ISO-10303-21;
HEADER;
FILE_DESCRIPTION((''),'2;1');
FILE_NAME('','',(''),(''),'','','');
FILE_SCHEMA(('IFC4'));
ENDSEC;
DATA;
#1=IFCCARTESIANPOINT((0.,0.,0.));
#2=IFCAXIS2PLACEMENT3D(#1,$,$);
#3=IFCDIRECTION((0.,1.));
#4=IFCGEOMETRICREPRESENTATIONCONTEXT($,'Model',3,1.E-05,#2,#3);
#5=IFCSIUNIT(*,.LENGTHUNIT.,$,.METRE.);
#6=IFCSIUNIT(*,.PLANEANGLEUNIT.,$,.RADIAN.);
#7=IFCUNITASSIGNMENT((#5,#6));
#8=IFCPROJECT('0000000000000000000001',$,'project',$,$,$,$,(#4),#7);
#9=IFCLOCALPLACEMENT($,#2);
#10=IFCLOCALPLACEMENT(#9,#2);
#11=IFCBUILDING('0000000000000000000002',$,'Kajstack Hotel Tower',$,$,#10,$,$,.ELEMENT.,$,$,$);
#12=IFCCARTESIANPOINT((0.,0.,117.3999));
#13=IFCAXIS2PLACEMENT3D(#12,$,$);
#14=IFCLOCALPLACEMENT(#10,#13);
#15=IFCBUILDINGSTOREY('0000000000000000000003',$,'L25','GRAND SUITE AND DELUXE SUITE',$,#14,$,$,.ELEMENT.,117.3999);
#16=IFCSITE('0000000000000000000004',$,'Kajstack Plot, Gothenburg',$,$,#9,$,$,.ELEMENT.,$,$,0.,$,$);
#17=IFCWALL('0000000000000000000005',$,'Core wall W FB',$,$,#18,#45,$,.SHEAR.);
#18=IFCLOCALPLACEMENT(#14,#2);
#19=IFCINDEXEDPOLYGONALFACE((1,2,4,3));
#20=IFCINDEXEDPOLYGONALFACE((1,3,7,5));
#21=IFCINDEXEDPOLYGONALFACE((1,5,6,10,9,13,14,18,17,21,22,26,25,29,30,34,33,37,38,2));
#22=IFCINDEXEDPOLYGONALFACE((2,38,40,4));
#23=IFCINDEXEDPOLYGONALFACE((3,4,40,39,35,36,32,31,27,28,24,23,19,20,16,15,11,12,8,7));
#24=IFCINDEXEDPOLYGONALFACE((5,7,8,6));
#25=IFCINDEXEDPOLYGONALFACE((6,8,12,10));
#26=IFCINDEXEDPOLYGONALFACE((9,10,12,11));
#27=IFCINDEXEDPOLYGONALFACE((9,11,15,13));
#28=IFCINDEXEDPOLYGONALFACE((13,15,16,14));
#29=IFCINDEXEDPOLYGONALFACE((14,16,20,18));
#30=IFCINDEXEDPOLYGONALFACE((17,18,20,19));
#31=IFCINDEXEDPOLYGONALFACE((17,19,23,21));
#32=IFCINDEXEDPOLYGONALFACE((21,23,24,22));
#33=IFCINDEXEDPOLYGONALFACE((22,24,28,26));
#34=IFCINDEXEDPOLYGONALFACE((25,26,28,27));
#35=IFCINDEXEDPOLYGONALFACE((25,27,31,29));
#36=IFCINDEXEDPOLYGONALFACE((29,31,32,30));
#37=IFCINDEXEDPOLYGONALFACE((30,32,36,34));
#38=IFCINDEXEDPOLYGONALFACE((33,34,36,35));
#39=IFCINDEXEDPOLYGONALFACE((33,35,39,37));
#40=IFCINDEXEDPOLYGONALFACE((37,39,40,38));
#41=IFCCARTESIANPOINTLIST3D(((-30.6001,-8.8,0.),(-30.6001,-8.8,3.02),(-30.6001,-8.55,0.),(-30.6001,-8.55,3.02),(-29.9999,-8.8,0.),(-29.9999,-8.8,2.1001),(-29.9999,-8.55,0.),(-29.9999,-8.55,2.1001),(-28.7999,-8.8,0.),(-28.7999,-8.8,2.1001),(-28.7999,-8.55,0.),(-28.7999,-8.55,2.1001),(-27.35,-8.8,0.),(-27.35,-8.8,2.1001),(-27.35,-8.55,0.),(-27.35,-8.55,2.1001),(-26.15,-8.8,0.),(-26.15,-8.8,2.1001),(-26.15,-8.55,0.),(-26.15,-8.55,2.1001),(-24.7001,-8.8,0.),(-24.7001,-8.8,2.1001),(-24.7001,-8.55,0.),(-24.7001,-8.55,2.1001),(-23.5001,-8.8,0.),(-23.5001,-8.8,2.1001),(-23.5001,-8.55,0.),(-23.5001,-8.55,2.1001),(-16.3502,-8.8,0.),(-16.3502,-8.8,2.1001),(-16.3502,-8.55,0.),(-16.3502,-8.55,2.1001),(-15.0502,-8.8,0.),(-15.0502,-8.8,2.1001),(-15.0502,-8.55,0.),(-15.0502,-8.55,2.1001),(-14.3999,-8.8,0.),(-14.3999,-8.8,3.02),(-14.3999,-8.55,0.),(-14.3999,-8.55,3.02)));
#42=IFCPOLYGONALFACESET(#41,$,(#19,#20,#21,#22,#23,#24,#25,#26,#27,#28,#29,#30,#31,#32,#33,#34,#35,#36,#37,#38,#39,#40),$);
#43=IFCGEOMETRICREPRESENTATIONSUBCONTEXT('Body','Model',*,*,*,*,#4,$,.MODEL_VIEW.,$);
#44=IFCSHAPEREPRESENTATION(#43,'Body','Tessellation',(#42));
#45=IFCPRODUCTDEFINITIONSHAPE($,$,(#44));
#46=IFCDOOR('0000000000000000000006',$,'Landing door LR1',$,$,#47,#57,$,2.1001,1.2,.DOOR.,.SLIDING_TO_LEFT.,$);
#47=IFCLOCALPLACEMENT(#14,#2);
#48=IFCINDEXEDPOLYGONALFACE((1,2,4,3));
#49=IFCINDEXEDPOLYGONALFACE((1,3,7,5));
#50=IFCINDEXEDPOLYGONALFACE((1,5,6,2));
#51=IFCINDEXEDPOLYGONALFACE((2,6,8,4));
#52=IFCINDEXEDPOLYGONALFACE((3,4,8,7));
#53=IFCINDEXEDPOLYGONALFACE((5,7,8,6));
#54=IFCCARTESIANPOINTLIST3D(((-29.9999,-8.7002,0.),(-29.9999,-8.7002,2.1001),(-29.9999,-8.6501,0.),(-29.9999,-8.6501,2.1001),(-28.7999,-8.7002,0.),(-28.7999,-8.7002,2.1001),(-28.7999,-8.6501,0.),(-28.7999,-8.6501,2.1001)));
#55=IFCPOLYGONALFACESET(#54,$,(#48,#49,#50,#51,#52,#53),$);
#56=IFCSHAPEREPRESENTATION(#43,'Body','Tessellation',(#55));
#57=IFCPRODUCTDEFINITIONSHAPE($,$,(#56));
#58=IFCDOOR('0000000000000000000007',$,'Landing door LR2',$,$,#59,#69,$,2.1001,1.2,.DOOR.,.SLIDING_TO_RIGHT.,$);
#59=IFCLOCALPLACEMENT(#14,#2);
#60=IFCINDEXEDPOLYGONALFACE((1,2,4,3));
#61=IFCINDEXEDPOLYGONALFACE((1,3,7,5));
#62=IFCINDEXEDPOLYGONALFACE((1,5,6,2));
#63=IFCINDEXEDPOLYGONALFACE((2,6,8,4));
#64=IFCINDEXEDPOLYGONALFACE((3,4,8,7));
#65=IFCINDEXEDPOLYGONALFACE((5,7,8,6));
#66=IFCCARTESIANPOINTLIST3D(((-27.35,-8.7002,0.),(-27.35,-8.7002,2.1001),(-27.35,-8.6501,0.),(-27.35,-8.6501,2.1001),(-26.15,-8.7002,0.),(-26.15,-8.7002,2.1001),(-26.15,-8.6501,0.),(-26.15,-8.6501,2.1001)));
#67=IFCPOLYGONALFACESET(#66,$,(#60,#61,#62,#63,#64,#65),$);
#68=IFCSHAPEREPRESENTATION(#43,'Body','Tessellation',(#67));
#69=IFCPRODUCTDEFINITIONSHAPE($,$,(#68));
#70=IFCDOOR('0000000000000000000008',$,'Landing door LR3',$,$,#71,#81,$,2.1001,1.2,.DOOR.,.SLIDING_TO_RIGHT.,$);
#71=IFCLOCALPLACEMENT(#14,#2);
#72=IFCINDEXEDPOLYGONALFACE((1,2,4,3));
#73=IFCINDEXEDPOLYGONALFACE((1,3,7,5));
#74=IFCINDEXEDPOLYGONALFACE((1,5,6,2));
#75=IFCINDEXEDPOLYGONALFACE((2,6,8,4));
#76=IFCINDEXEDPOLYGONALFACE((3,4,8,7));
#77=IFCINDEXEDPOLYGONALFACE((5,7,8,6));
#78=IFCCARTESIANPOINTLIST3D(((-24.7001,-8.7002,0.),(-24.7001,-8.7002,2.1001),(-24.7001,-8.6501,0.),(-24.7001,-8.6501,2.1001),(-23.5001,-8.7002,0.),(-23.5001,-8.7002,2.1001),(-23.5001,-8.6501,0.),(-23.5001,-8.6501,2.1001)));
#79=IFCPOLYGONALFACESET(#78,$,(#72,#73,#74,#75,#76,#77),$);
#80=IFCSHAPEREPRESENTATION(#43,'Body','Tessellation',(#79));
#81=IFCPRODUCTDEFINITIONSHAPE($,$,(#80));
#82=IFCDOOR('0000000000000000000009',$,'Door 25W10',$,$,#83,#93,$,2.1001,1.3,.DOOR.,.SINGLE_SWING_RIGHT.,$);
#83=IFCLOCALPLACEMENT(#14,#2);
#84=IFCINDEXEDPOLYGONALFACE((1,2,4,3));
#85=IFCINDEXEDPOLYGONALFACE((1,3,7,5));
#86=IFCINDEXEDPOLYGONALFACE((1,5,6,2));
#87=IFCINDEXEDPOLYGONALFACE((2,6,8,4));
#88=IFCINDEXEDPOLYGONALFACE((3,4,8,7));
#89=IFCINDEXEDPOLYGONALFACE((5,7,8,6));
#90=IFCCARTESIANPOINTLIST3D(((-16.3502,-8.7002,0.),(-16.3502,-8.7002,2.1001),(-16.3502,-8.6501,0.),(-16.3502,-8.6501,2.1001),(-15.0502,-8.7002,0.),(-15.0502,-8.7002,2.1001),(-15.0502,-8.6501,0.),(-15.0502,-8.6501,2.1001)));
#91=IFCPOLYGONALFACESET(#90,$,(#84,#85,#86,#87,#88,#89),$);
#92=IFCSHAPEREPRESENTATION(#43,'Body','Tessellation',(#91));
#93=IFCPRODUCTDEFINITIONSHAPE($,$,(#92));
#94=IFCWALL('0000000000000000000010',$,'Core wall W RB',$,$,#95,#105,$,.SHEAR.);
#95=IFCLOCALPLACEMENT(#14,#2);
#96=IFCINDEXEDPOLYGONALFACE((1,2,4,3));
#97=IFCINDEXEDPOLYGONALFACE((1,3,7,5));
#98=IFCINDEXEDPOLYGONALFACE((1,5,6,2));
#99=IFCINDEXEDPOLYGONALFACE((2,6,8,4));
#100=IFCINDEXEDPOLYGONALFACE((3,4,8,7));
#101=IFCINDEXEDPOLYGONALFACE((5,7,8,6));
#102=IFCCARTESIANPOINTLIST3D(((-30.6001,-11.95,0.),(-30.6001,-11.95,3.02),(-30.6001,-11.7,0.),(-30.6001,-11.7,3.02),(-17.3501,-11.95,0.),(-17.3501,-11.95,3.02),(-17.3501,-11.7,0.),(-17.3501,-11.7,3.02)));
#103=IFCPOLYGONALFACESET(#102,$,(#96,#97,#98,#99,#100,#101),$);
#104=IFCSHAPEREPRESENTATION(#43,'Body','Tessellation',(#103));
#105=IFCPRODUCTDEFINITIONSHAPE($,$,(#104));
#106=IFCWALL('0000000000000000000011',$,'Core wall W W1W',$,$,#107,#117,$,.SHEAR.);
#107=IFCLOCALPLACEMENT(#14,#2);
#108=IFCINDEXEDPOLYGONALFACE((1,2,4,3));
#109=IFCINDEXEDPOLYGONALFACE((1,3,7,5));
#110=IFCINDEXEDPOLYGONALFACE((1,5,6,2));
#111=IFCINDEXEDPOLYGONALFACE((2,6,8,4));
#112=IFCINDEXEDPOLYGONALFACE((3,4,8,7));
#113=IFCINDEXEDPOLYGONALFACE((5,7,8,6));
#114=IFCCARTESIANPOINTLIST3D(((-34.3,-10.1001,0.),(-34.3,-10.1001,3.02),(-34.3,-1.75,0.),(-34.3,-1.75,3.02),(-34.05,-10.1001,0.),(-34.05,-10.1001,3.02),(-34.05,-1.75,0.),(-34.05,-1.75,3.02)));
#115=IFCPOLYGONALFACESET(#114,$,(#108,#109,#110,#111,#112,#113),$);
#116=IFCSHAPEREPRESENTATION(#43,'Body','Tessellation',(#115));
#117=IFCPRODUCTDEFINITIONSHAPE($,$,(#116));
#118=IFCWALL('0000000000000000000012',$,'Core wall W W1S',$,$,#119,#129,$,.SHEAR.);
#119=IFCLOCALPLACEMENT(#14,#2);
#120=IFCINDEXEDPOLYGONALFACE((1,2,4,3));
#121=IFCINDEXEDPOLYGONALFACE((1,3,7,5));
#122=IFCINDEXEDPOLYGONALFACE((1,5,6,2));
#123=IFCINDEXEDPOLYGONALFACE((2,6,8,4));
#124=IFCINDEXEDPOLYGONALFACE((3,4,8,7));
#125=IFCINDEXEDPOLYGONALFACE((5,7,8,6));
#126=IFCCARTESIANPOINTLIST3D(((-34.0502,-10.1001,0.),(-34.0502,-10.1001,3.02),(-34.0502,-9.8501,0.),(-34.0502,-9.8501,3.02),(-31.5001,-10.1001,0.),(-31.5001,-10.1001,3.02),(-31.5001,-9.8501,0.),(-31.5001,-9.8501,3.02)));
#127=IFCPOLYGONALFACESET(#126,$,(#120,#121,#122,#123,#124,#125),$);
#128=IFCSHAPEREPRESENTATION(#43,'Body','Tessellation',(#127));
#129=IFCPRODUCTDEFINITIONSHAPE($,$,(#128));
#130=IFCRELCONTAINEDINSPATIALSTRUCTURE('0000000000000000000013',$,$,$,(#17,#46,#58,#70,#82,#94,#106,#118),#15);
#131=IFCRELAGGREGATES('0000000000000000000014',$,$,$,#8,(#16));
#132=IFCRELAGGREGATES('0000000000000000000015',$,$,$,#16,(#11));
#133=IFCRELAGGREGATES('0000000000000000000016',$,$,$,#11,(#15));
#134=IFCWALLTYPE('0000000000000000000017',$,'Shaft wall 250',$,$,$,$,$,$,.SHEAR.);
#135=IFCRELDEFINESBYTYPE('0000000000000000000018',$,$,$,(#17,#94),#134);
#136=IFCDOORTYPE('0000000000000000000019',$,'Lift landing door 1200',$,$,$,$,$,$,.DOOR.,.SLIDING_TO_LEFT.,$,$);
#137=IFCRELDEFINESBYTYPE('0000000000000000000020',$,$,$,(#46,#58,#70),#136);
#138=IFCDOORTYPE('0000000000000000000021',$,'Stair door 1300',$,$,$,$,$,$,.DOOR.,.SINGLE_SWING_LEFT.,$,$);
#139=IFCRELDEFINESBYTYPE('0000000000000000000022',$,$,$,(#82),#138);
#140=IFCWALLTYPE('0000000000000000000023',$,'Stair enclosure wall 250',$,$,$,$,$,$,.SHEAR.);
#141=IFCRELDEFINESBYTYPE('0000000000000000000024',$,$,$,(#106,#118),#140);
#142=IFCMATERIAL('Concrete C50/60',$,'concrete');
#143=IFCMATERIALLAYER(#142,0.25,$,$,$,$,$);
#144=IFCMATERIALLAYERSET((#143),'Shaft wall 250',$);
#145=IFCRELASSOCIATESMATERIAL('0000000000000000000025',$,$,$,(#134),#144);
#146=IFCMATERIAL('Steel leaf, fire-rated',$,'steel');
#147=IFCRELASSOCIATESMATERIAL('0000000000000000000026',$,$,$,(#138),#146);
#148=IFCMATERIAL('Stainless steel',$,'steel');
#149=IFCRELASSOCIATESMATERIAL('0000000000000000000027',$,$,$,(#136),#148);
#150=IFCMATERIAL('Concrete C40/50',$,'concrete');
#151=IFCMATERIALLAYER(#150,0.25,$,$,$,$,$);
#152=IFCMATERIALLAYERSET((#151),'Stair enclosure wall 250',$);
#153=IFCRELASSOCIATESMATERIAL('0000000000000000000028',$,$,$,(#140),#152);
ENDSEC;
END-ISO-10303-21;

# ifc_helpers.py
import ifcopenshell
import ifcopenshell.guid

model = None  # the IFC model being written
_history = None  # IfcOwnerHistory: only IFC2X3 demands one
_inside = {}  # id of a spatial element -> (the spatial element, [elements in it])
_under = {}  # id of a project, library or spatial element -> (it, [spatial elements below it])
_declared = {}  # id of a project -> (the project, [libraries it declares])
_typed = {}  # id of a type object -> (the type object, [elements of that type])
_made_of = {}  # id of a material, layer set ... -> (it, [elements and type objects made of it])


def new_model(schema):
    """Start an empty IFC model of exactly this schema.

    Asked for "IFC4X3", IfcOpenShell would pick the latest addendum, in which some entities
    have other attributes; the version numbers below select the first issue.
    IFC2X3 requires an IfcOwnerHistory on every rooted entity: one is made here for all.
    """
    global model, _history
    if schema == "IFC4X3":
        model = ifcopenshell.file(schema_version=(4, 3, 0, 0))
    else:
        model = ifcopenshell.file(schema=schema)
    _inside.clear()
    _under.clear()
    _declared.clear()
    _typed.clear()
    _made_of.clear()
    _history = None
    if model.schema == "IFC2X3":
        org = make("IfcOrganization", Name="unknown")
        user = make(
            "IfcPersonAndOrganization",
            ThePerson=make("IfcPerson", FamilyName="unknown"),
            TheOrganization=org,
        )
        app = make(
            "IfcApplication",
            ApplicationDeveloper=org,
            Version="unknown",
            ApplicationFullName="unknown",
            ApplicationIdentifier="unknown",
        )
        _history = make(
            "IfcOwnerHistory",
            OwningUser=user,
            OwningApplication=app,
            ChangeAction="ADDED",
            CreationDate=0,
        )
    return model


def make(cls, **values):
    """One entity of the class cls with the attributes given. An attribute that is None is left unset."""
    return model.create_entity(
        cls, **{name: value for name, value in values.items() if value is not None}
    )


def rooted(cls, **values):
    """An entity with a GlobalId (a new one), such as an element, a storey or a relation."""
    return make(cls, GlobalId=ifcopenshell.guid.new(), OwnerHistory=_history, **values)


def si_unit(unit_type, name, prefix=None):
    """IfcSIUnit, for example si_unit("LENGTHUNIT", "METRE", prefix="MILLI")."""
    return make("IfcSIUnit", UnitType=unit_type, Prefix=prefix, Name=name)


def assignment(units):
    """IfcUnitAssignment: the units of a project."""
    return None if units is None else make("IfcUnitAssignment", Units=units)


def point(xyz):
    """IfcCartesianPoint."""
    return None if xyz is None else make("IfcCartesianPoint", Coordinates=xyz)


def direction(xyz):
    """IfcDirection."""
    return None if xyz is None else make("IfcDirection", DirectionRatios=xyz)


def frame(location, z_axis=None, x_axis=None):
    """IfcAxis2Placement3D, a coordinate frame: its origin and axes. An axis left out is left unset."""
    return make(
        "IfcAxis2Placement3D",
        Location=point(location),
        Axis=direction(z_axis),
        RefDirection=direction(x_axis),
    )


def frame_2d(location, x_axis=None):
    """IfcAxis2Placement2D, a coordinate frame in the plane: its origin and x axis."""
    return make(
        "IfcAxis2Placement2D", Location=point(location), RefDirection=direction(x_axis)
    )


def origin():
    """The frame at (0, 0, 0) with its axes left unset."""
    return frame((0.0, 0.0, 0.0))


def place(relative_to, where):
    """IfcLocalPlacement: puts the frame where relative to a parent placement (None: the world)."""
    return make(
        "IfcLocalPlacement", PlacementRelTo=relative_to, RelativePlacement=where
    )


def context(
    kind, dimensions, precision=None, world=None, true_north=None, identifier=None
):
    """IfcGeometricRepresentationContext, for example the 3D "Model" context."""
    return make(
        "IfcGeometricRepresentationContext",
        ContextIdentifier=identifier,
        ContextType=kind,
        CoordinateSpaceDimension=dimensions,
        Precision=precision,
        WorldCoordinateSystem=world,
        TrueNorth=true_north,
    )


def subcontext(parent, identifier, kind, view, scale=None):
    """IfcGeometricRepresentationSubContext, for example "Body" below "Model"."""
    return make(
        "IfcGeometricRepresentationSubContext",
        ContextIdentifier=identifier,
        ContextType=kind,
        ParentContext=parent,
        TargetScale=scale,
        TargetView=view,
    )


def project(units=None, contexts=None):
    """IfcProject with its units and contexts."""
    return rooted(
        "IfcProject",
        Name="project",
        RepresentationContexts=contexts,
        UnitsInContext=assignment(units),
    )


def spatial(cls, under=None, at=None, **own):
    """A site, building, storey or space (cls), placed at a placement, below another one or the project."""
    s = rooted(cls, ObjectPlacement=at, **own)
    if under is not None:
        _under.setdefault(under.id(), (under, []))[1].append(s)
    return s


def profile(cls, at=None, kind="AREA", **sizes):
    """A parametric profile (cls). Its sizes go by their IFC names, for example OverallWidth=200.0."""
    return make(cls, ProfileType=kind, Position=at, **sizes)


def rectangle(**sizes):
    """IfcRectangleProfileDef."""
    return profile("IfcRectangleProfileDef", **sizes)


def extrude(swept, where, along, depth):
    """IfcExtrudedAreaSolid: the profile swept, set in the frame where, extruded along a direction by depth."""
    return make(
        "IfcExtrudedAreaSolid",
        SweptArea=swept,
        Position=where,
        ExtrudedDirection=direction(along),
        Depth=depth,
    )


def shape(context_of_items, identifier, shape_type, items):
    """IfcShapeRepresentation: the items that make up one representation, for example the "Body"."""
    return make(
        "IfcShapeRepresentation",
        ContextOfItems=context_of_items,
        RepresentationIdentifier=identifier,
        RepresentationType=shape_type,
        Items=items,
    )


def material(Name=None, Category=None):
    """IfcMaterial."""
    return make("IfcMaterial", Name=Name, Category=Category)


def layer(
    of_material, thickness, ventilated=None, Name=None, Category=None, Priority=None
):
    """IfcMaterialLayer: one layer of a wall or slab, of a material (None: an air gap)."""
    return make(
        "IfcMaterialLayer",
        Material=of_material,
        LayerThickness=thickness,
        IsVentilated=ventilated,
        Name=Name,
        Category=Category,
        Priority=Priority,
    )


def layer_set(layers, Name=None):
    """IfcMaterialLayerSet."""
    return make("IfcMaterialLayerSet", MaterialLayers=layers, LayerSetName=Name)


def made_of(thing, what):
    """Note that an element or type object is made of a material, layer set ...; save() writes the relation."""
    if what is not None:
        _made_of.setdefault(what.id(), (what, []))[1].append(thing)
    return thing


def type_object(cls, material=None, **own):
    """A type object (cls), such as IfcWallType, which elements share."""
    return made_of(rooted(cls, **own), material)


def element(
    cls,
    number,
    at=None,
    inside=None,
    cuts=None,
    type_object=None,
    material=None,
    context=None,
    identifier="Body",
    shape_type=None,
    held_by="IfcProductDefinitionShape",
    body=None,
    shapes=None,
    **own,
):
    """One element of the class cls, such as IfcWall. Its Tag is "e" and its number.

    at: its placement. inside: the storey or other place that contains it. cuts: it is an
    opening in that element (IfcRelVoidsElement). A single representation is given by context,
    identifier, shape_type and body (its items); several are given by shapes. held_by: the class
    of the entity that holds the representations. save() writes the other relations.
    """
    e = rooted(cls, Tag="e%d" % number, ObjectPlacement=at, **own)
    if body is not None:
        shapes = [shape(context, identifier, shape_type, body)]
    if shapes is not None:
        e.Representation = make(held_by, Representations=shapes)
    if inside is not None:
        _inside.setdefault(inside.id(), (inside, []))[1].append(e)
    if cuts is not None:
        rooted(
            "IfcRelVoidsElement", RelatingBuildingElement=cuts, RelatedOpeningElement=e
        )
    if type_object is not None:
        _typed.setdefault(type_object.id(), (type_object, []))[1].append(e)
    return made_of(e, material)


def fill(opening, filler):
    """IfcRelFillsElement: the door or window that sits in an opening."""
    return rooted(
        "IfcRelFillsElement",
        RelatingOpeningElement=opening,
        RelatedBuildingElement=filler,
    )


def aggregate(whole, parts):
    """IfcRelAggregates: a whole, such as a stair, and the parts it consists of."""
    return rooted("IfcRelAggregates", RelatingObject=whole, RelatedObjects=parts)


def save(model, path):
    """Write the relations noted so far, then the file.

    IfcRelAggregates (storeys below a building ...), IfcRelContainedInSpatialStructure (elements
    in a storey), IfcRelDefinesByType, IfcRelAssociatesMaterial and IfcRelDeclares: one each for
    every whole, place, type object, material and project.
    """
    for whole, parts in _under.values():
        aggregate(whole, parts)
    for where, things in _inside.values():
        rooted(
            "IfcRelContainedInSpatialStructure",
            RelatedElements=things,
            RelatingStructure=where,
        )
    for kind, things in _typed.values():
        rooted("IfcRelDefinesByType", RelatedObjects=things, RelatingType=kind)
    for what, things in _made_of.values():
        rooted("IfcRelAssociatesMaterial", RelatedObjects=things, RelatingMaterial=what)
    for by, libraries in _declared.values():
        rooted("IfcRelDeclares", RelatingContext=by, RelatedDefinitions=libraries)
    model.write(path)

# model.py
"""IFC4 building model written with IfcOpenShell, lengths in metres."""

from ifc_helpers import new_model, si_unit, direction, frame, frame_2d, origin, place, context, subcontext, project, spatial, rectangle, extrude, material, layer, layer_set, type_object, element, fill, save


model = new_model("IFC4")

# Units and contexts
model_context = context("Model", 3, precision=1e-05, world=origin(), true_north=direction((0.0, 1.0)))
body_context = subcontext(model_context, "Body", "Model", "MODEL_VIEW")
ifc_project = project(units=[si_unit("LENGTHUNIT", "METRE"), si_unit("PLANEANGLEUNIT", "RADIAN")], contexts=[model_context])

# Site, building, storey
site_placement = place(None, origin())
site = spatial("IfcSite", under=ifc_project, at=site_placement, Name="Kajstack Plot, Gothenburg", CompositionType="ELEMENT", RefElevation=0.0)
building_placement = place(site_placement, origin())
building = spatial("IfcBuilding", under=site, at=building_placement, Name="Kajstack Hotel Tower", CompositionType="ELEMENT")
storey_placement = place(building_placement, frame((0.0, 0.0, 117.3999)))
storey = spatial("IfcBuildingStorey", under=building, at=storey_placement, Name="L25", Description="GRAND SUITE AND DELUXE SUITE", CompositionType="ELEMENT", Elevation=117.3999)

# Shared definitions
ifc_material_1 = material(Name="Stainless steel", Category="steel")

# Shared definitions
ifc_material_2 = material(Name="Concrete C40/50", Category="concrete")

# Wall, openings, doors
ifc_material_3 = material(Name="Concrete C50/60", Category="concrete")
ifc_layer_1 = layer(ifc_material_3, 0.25)
ifc_layer_set_1 = layer_set([ifc_layer_1], Name="Shaft wall 250")
wall_type_1 = type_object("IfcWallType", Name="Shaft wall 250", PredefinedType="SHEAR", material=ifc_layer_set_1)
ifc_material_4 = material(Name="Steel leaf, fire-rated", Category="steel")
door_type_1 = type_object("IfcDoorType", Name="Stair door 1300", OperationType="SINGLE_SWING_LEFT", PredefinedType="DOOR", material=ifc_material_4)
wall_1_placement = place(storey_placement, frame((-30.6001, -8.675, 0.0), z_axis=(0.0, 0.0, 1.0), x_axis=(1.0, 0.0, 0.0)))
wall_1 = element("IfcWall", 1, at=wall_1_placement, inside=storey, type_object=wall_type_1, Name="Core wall W FB", PredefinedType="SHEAR", context=body_context, shape_type="SweptSolid", body=[
    extrude(rectangle(XDim=16.2002, YDim=0.25, at=frame_2d((8.1001, 0.0))), origin(), (0.0, 0.0, 1.0), 3.02),
])
opening_1_placement = place(wall_1_placement, frame((0.6001, 0.0, 0.0)))
opening_1 = element("IfcOpeningElement", 2, at=opening_1_placement, cuts=wall_1, PredefinedType="OPENING", context=body_context, shape_type="SweptSolid", body=[
    extrude(rectangle(XDim=1.2, YDim=2.1001, at=frame_2d((0.6001, 1.05))), frame((0.0, 0.135, 0.0), z_axis=(0.0, -1.0, 0.0), x_axis=(1.0, 0.0, 0.0)), (0.0, 0.0, 1.0), 0.27),
])
opening_2_placement = place(wall_1_placement, frame((3.25, 0.0, 0.0)))
opening_2 = element("IfcOpeningElement", 3, at=opening_2_placement, cuts=wall_1, PredefinedType="OPENING", context=body_context, shape_type="SweptSolid", body=[
    extrude(rectangle(XDim=1.2, YDim=2.1001, at=frame_2d((0.6001, 1.05))), frame((0.0, 0.135, 0.0), z_axis=(0.0, -1.0, 0.0), x_axis=(1.0, 0.0, 0.0)), (0.0, 0.0, 1.0), 0.27),
])
opening_3_placement = place(wall_1_placement, frame((5.8999, 0.0, 0.0)))
opening_3 = element("IfcOpeningElement", 4, at=opening_3_placement, cuts=wall_1, PredefinedType="OPENING", context=body_context, shape_type="SweptSolid", body=[
    extrude(rectangle(XDim=1.2, YDim=2.1001, at=frame_2d((0.6001, 1.05))), frame((0.0, 0.135, 0.0), z_axis=(0.0, -1.0, 0.0), x_axis=(1.0, 0.0, 0.0)), (0.0, 0.0, 1.0), 0.27),
])
opening_4_placement = place(wall_1_placement, frame((14.25, 0.0, 0.0)))
opening_4 = element("IfcOpeningElement", 5, at=opening_4_placement, cuts=wall_1, PredefinedType="OPENING", context=body_context, shape_type="SweptSolid", body=[
    extrude(rectangle(XDim=1.3, YDim=2.1001, at=frame_2d((0.6499, 1.05))), frame((0.0, 0.135, 0.0), z_axis=(0.0, -1.0, 0.0), x_axis=(1.0, 0.0, 0.0)), (0.0, 0.0, 1.0), 0.27),
])
door_type_2 = type_object("IfcDoorType", Name="Lift landing door 1200", OperationType="SLIDING_TO_LEFT", PredefinedType="DOOR", material=ifc_material_1)
door_1_placement = place(opening_1_placement, origin())
door_1 = element("IfcDoor", 6, at=door_1_placement, inside=storey, type_object=door_type_2, Name="Landing door LR1", OperationType="SLIDING_TO_LEFT", OverallHeight=2.1001, OverallWidth=1.2, PredefinedType="DOOR", context=body_context, shape_type="SweptSolid", body=[
    extrude(rectangle(XDim=1.2, YDim=2.1001, at=frame_2d((0.6001, 1.05))), frame((0.0, 0.0249, 0.0), z_axis=(0.0, -1.0, 0.0), x_axis=(1.0, 0.0, 0.0)), (0.0, 0.0, 1.0), 0.05),
])
fill(opening_1, door_1)
door_2_placement = place(opening_2_placement, origin())
door_2 = element("IfcDoor", 7, at=door_2_placement, inside=storey, type_object=door_type_2, Name="Landing door LR2", OperationType="SLIDING_TO_RIGHT", OverallHeight=2.1001, OverallWidth=1.2, PredefinedType="DOOR", context=body_context, shape_type="SweptSolid", body=[
    extrude(rectangle(XDim=1.2, YDim=2.1001, at=frame_2d((0.6001, 1.05))), frame((0.0, 0.0249, 0.0), z_axis=(0.0, -1.0, 0.0), x_axis=(1.0, 0.0, 0.0)), (0.0, 0.0, 1.0), 0.05),
])
fill(opening_2, door_2)
door_3_placement = place(opening_3_placement, origin())
door_3 = element("IfcDoor", 8, at=door_3_placement, inside=storey, type_object=door_type_2, Name="Landing door LR3", OperationType="SLIDING_TO_RIGHT", OverallHeight=2.1001, OverallWidth=1.2, PredefinedType="DOOR", context=body_context, shape_type="SweptSolid", body=[
    extrude(rectangle(XDim=1.2, YDim=2.1001, at=frame_2d((0.6001, 1.05))), frame((0.0, 0.0249, 0.0), z_axis=(0.0, -1.0, 0.0), x_axis=(1.0, 0.0, 0.0)), (0.0, 0.0, 1.0), 0.05),
])
fill(opening_3, door_3)
door_4_placement = place(opening_4_placement, origin())
door_4 = element("IfcDoor", 9, at=door_4_placement, inside=storey, type_object=door_type_1, Name="Door 25W10", OperationType="SINGLE_SWING_RIGHT", OverallHeight=2.1001, OverallWidth=1.3, PredefinedType="DOOR", context=body_context, shape_type="SweptSolid", body=[
    extrude(rectangle(XDim=1.3, YDim=2.1001, at=frame_2d((0.6499, 1.05))), frame((0.0, 0.0249, 0.0), z_axis=(0.0, -1.0, 0.0), x_axis=(1.0, 0.0, 0.0)), (0.0, 0.0, 1.0), 0.05),
])
fill(opening_4, door_4)

# Walls
wall_2_placement = place(storey_placement, frame((-30.6001, -11.825, 0.0), z_axis=(0.0, 0.0, 1.0), x_axis=(1.0, 0.0, 0.0)))
element("IfcWall", 10, at=wall_2_placement, inside=storey, type_object=wall_type_1, Name="Core wall W RB", PredefinedType="SHEAR", context=body_context, shape_type="SweptSolid", body=[
    extrude(rectangle(XDim=13.25, YDim=0.25, at=frame_2d((6.625, 0.0))), origin(), (0.0, 0.0, 1.0), 3.02),
])
ifc_layer_2 = layer(ifc_material_2, 0.25)
ifc_layer_set_2 = layer_set([ifc_layer_2], Name="Stair enclosure wall 250")
wall_type_2 = type_object("IfcWallType", Name="Stair enclosure wall 250", PredefinedType="SHEAR", material=ifc_layer_set_2)
wall_3_placement = place(storey_placement, frame((-34.175, -10.1001, 0.0), z_axis=(0.0, 0.0, 1.0), x_axis=(0.0, 1.0, 0.0)))
element("IfcWall", 11, at=wall_3_placement, inside=storey, type_object=wall_type_2, Name="Core wall W W1W", PredefinedType="SHEAR", context=body_context, shape_type="SweptSolid", body=[
    extrude(rectangle(XDim=8.3501, YDim=0.25, at=frame_2d((4.175, 0.0))), origin(), (0.0, 0.0, 1.0), 3.02),
])
wall_4_placement = place(storey_placement, frame((-34.05, -9.9751, 0.0), z_axis=(0.0, 0.0, 1.0), x_axis=(1.0, 0.0, 0.0)))
element("IfcWall", 12, at=wall_4_placement, inside=storey, type_object=wall_type_2, Name="Core wall W W1S", PredefinedType="SHEAR", context=body_context, shape_type="SweptSolid", body=[
    extrude(rectangle(XDim=2.55, YDim=0.25, at=frame_2d((1.2749, 0.0))), origin(), (0.0, 0.0, 1.0), 3.02),
])

save(model, "model.ifc")
